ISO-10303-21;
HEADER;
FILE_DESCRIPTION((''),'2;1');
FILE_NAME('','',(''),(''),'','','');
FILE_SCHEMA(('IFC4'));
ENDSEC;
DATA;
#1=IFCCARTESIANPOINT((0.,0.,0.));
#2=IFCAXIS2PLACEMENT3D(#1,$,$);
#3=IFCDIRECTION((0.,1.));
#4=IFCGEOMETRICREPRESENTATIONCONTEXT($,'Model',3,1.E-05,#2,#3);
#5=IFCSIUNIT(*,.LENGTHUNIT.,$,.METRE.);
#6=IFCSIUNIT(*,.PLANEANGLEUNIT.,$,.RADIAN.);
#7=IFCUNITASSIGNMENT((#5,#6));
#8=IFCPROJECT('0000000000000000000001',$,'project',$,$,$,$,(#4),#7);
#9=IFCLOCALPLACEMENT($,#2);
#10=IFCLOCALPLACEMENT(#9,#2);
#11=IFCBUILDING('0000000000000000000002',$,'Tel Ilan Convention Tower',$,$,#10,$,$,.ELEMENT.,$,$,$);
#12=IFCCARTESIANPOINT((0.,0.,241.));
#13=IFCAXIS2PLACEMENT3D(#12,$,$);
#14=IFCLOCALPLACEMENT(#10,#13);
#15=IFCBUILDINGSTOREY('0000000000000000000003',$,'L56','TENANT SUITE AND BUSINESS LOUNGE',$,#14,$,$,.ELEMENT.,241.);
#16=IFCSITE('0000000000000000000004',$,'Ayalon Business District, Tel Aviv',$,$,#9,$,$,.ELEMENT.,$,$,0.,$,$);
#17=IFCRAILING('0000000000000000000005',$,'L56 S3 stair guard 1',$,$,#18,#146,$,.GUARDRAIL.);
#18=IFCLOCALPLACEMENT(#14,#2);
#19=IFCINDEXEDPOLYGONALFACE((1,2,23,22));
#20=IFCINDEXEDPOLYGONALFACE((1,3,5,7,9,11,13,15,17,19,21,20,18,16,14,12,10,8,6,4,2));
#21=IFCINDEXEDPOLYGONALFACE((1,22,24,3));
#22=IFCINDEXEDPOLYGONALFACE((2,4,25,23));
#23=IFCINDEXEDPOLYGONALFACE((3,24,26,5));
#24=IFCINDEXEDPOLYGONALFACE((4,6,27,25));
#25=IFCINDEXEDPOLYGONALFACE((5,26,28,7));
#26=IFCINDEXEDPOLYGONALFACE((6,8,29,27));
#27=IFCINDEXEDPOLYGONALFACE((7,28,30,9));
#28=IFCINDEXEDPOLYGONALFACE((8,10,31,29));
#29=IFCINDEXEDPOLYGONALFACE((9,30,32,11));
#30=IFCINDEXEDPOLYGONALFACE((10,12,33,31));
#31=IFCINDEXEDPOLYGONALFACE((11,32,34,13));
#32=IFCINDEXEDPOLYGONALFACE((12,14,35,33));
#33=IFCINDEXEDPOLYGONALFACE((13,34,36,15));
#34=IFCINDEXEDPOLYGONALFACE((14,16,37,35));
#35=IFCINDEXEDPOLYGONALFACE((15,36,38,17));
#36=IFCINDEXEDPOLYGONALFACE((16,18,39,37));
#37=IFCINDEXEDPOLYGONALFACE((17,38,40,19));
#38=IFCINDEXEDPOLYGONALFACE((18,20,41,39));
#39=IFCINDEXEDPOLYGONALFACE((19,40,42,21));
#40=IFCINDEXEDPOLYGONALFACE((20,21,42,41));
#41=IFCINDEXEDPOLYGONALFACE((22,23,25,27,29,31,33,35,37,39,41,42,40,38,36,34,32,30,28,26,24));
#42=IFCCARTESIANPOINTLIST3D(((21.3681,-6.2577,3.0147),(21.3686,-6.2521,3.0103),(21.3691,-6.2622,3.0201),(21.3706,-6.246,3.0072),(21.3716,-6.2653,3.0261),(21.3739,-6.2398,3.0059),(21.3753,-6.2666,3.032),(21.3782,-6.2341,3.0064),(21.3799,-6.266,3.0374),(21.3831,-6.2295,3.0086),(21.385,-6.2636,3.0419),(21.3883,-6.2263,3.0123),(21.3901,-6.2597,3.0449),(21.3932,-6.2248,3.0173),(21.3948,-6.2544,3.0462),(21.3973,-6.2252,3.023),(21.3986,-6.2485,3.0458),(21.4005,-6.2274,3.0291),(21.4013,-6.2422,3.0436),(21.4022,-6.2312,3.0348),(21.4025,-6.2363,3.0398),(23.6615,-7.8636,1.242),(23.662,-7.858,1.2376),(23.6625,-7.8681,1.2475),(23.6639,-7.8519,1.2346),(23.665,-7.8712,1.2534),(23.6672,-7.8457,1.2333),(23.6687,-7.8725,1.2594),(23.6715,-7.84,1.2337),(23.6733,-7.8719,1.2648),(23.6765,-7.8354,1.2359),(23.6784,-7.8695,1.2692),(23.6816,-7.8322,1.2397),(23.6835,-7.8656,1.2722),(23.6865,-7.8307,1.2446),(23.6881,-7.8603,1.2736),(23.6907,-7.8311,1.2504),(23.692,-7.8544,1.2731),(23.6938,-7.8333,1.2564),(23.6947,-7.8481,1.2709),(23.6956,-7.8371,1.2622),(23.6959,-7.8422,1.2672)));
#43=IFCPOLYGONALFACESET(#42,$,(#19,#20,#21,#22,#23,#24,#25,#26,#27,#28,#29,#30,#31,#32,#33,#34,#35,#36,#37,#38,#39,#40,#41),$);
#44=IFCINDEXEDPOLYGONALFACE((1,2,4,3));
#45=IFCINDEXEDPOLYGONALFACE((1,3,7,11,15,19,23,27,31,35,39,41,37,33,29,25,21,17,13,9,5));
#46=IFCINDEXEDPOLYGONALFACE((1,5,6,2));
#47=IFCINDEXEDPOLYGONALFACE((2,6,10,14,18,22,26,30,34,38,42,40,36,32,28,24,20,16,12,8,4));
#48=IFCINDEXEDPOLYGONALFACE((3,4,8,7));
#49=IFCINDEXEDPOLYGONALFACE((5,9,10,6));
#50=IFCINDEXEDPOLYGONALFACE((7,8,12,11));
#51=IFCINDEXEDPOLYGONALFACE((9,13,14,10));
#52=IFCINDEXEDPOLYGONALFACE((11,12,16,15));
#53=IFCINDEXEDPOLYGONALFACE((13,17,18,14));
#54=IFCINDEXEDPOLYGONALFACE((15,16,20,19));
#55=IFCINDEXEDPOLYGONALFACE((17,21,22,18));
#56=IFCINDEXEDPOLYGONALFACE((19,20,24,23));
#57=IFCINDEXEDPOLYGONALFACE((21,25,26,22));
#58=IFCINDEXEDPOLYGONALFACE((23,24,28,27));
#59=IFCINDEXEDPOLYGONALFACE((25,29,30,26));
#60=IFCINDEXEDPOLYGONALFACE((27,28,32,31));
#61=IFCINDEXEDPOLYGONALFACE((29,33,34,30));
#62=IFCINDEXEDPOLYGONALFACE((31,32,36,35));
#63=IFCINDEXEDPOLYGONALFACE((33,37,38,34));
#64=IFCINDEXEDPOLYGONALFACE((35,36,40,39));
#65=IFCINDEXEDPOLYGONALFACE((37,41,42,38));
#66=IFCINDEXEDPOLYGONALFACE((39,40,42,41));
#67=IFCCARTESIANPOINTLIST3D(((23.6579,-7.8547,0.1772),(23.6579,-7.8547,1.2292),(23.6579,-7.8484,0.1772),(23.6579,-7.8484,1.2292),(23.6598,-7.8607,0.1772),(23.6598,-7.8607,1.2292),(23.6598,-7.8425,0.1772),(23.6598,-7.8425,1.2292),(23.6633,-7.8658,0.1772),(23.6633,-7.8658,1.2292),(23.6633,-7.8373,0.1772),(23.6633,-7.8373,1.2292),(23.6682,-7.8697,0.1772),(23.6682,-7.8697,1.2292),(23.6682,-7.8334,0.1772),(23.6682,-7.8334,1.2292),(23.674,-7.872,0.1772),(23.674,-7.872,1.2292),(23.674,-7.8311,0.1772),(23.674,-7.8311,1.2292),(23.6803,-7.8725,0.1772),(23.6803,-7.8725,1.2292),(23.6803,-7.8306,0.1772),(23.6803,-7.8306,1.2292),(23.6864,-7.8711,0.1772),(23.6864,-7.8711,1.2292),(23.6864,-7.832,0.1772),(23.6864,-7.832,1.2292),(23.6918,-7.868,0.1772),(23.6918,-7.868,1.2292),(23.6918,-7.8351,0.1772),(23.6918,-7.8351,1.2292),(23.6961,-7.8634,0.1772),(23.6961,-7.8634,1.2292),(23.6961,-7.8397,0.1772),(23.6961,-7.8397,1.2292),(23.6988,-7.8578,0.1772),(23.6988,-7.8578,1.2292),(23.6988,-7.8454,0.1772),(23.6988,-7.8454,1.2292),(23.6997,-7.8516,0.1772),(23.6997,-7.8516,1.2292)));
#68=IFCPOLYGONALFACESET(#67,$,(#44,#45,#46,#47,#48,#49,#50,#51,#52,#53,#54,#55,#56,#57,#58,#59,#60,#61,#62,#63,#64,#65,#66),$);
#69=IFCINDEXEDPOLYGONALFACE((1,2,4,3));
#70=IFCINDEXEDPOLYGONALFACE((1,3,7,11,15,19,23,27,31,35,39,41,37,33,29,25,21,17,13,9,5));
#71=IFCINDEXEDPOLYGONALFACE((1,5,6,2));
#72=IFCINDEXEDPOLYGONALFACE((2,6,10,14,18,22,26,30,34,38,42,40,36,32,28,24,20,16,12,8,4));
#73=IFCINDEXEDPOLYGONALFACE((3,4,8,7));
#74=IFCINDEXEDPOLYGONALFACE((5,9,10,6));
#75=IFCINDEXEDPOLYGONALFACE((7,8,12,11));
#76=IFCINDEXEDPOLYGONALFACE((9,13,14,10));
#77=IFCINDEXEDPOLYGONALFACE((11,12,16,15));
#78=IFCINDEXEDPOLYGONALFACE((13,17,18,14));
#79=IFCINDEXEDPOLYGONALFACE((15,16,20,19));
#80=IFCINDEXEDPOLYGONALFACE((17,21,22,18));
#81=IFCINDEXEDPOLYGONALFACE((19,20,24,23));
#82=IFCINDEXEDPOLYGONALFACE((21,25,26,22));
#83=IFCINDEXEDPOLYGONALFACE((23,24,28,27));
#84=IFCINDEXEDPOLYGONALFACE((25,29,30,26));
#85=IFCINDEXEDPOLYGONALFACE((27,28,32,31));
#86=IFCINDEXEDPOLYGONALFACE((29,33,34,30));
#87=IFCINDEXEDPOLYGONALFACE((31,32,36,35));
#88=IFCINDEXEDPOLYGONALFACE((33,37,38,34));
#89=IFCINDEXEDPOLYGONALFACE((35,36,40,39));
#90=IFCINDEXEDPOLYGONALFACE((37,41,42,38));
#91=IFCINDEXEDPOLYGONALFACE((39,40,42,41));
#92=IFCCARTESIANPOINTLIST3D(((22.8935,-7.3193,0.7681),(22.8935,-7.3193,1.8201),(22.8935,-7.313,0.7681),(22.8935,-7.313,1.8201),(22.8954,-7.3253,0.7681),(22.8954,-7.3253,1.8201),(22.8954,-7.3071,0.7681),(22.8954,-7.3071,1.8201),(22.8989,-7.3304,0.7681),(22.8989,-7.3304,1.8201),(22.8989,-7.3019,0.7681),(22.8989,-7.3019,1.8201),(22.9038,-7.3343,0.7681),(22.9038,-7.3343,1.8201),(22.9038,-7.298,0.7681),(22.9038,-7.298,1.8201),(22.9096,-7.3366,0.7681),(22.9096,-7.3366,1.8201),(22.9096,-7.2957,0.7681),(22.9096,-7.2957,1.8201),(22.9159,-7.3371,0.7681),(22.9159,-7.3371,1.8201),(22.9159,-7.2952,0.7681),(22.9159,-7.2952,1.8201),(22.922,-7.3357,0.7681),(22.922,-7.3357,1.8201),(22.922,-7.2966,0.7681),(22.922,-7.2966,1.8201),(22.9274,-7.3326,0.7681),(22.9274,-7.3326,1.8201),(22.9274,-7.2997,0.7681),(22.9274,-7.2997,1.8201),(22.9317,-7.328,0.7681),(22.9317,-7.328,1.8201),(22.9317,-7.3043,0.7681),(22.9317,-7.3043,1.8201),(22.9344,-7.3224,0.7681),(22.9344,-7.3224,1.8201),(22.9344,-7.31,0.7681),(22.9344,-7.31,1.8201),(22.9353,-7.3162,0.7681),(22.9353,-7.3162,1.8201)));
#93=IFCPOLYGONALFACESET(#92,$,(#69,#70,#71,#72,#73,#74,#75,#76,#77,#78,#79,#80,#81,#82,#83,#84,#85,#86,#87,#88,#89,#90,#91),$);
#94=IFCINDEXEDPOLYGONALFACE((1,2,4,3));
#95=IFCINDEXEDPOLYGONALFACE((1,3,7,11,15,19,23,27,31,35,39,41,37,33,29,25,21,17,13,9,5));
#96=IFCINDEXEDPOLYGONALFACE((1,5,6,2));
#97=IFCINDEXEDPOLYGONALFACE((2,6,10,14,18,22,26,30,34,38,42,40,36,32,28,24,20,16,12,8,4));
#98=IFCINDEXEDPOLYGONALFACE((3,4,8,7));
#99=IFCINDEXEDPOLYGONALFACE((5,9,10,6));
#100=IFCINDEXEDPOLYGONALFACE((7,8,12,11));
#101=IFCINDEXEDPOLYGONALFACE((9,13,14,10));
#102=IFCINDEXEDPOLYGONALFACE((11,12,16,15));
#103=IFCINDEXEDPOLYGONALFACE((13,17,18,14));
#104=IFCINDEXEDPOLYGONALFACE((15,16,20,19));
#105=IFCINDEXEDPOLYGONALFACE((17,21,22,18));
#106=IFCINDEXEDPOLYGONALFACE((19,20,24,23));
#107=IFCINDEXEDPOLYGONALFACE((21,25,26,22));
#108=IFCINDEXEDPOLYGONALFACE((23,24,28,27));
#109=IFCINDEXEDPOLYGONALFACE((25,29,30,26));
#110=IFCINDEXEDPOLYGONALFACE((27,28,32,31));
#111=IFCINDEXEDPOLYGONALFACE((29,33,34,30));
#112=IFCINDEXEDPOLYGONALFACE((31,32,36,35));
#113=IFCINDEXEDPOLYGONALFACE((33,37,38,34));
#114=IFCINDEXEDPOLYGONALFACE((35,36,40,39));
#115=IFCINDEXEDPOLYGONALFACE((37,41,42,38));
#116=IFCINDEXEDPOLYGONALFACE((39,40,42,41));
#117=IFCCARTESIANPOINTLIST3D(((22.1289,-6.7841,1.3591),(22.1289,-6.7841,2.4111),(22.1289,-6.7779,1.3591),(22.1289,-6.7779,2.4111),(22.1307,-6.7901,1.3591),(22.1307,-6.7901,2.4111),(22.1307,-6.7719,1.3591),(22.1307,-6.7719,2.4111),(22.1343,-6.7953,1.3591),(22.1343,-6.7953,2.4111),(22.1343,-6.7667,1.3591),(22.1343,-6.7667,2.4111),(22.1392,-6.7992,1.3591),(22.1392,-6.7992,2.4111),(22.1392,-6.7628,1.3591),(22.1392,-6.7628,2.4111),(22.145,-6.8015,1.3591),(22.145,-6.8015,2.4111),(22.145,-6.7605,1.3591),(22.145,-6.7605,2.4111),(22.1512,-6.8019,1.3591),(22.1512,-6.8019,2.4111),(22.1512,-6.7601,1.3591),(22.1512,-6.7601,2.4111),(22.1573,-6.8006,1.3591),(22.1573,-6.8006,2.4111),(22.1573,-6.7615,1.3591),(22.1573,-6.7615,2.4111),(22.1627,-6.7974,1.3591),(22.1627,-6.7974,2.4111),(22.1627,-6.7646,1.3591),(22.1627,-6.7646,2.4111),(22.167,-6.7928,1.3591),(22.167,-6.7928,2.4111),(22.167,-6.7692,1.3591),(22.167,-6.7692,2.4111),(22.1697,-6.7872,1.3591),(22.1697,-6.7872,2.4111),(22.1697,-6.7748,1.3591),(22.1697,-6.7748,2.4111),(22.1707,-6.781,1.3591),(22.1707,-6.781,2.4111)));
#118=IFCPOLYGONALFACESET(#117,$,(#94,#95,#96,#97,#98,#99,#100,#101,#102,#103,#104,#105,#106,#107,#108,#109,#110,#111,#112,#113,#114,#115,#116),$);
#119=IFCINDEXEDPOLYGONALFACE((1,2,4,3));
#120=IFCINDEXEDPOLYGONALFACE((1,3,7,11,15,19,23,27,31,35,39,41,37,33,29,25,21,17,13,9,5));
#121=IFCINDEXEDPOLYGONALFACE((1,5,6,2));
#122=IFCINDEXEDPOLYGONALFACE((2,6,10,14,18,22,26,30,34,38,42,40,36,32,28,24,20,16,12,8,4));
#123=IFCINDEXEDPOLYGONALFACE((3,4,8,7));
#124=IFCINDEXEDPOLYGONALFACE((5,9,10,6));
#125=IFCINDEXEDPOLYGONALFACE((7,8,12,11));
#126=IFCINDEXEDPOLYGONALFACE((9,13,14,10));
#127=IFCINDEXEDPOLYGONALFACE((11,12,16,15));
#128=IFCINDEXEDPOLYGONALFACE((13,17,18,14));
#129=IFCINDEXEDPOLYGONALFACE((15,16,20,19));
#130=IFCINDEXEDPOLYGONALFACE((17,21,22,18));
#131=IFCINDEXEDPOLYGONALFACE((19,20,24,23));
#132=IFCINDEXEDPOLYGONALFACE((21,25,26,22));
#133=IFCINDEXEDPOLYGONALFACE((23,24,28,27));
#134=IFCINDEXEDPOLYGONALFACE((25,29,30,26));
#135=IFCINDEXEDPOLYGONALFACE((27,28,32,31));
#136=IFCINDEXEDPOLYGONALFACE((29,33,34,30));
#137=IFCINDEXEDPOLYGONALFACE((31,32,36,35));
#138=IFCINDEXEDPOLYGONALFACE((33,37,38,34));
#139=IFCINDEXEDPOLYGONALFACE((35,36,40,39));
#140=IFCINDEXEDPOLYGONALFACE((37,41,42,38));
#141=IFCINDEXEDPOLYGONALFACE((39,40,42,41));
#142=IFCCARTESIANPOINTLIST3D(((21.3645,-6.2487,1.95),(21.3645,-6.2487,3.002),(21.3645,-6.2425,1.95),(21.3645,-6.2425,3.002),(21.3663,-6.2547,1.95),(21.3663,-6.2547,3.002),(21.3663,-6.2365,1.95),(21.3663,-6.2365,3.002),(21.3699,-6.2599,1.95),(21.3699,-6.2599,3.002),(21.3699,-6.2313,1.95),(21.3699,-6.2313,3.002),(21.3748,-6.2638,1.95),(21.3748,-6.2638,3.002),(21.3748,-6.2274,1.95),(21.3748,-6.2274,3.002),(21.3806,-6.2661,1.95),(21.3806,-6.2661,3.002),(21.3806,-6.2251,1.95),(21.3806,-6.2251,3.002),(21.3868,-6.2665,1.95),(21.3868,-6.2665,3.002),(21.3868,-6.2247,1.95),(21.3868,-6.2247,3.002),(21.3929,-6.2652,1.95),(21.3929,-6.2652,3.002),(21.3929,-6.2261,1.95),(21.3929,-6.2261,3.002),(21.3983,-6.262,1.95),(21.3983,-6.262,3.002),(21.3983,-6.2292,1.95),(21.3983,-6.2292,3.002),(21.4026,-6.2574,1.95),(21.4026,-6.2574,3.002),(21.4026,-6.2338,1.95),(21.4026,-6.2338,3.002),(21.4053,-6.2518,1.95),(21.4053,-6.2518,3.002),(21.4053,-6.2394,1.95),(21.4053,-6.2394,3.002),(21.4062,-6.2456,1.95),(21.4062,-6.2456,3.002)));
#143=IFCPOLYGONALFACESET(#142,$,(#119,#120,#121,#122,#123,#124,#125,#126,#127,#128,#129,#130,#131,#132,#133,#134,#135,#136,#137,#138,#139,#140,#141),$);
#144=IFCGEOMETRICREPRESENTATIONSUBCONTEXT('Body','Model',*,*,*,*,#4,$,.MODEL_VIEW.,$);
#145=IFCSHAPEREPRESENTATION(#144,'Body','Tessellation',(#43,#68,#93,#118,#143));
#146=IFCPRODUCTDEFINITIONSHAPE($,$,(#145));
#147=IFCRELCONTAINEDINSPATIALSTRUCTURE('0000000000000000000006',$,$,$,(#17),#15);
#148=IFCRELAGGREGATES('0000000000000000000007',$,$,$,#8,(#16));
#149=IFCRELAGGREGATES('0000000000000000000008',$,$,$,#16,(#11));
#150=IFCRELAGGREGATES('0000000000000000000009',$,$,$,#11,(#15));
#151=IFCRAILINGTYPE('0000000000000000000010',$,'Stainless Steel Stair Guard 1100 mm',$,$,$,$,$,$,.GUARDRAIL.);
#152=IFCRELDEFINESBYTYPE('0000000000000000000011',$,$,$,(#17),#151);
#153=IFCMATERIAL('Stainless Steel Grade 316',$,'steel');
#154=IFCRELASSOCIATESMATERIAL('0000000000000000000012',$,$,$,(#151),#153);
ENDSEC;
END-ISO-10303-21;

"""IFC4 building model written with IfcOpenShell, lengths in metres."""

from ifc_helpers import new_model, si_unit, direction, frame, origin, origin_2d, place, context, subcontext, project, spatial, circle, extrude, material, type_object, element, save


model = new_model("IFC4")

# Units and contexts
model_context = context("Model", 3, precision=1e-05, world=origin(), true_north=direction((0.0, 1.0)))
body_context = subcontext(model_context, "Body", "Model", "MODEL_VIEW")
ifc_project = project(units=[si_unit("LENGTHUNIT", "METRE"), si_unit("PLANEANGLEUNIT", "RADIAN")], contexts=[model_context])

# Site, building, storey
site_placement = place(None, origin())
site = spatial("IfcSite", under=ifc_project, at=site_placement, Name="Ayalon Business District, Tel Aviv", CompositionType="ELEMENT", RefElevation=0.0)
building_placement = place(site_placement, origin())
building = spatial("IfcBuilding", under=site, at=building_placement, Name="Tel Ilan Convention Tower", CompositionType="ELEMENT")
storey_placement = place(building_placement, frame((0.0, 0.0, 241.0)))
storey = spatial("IfcBuildingStorey", under=building, at=storey_placement, Name="L56", Description="TENANT SUITE AND BUSINESS LOUNGE", CompositionType="ELEMENT", Elevation=241.0)

# Railing
ifc_material_1 = material(Name="Stainless Steel Grade 316", Category="steel")
railing_type_1 = type_object("IfcRailingType", Name="Stainless Steel Stair Guard 1100 mm", PredefinedType="GUARDRAIL", material=ifc_material_1)
railing_1_placement = place(storey_placement, frame((23.6787, -7.8516, 0.1772)))
element("IfcRailing", 1, at=railing_1_placement, inside=storey, type_object=railing_type_1, Name="L56 S3 stair guard 1", PredefinedType="GUARDRAIL", context=body_context, shape_type="SweptSolid", body=[
    extrude(circle(Radius=0.0239, at=origin_2d()), frame((0.0, 0.0, 1.0762), z_axis=(-0.692085, 0.484621, 0.53494), x_axis=(-0.573591, -0.819142, 0.0)), (0.0, 0.0, 1.0), 3.3137),
    extrude(circle(Radius=0.021, at=origin_2d()), origin(), (0.0, 0.0, 1.0), 1.052),
    extrude(circle(Radius=0.021, at=origin_2d()), frame((-0.7644, 0.5354, 0.5908)), (0.0, 0.0, 1.0), 1.052),
    extrude(circle(Radius=0.021, at=origin_2d()), frame((-1.5291, 1.0706, 1.1819)), (0.0, 0.0, 1.0), 1.052),
    extrude(circle(Radius=0.021, at=origin_2d()), frame((-2.2935, 1.606, 1.7727)), (0.0, 0.0, 1.0), 1.052),
])

save(model, "model.ifc")
